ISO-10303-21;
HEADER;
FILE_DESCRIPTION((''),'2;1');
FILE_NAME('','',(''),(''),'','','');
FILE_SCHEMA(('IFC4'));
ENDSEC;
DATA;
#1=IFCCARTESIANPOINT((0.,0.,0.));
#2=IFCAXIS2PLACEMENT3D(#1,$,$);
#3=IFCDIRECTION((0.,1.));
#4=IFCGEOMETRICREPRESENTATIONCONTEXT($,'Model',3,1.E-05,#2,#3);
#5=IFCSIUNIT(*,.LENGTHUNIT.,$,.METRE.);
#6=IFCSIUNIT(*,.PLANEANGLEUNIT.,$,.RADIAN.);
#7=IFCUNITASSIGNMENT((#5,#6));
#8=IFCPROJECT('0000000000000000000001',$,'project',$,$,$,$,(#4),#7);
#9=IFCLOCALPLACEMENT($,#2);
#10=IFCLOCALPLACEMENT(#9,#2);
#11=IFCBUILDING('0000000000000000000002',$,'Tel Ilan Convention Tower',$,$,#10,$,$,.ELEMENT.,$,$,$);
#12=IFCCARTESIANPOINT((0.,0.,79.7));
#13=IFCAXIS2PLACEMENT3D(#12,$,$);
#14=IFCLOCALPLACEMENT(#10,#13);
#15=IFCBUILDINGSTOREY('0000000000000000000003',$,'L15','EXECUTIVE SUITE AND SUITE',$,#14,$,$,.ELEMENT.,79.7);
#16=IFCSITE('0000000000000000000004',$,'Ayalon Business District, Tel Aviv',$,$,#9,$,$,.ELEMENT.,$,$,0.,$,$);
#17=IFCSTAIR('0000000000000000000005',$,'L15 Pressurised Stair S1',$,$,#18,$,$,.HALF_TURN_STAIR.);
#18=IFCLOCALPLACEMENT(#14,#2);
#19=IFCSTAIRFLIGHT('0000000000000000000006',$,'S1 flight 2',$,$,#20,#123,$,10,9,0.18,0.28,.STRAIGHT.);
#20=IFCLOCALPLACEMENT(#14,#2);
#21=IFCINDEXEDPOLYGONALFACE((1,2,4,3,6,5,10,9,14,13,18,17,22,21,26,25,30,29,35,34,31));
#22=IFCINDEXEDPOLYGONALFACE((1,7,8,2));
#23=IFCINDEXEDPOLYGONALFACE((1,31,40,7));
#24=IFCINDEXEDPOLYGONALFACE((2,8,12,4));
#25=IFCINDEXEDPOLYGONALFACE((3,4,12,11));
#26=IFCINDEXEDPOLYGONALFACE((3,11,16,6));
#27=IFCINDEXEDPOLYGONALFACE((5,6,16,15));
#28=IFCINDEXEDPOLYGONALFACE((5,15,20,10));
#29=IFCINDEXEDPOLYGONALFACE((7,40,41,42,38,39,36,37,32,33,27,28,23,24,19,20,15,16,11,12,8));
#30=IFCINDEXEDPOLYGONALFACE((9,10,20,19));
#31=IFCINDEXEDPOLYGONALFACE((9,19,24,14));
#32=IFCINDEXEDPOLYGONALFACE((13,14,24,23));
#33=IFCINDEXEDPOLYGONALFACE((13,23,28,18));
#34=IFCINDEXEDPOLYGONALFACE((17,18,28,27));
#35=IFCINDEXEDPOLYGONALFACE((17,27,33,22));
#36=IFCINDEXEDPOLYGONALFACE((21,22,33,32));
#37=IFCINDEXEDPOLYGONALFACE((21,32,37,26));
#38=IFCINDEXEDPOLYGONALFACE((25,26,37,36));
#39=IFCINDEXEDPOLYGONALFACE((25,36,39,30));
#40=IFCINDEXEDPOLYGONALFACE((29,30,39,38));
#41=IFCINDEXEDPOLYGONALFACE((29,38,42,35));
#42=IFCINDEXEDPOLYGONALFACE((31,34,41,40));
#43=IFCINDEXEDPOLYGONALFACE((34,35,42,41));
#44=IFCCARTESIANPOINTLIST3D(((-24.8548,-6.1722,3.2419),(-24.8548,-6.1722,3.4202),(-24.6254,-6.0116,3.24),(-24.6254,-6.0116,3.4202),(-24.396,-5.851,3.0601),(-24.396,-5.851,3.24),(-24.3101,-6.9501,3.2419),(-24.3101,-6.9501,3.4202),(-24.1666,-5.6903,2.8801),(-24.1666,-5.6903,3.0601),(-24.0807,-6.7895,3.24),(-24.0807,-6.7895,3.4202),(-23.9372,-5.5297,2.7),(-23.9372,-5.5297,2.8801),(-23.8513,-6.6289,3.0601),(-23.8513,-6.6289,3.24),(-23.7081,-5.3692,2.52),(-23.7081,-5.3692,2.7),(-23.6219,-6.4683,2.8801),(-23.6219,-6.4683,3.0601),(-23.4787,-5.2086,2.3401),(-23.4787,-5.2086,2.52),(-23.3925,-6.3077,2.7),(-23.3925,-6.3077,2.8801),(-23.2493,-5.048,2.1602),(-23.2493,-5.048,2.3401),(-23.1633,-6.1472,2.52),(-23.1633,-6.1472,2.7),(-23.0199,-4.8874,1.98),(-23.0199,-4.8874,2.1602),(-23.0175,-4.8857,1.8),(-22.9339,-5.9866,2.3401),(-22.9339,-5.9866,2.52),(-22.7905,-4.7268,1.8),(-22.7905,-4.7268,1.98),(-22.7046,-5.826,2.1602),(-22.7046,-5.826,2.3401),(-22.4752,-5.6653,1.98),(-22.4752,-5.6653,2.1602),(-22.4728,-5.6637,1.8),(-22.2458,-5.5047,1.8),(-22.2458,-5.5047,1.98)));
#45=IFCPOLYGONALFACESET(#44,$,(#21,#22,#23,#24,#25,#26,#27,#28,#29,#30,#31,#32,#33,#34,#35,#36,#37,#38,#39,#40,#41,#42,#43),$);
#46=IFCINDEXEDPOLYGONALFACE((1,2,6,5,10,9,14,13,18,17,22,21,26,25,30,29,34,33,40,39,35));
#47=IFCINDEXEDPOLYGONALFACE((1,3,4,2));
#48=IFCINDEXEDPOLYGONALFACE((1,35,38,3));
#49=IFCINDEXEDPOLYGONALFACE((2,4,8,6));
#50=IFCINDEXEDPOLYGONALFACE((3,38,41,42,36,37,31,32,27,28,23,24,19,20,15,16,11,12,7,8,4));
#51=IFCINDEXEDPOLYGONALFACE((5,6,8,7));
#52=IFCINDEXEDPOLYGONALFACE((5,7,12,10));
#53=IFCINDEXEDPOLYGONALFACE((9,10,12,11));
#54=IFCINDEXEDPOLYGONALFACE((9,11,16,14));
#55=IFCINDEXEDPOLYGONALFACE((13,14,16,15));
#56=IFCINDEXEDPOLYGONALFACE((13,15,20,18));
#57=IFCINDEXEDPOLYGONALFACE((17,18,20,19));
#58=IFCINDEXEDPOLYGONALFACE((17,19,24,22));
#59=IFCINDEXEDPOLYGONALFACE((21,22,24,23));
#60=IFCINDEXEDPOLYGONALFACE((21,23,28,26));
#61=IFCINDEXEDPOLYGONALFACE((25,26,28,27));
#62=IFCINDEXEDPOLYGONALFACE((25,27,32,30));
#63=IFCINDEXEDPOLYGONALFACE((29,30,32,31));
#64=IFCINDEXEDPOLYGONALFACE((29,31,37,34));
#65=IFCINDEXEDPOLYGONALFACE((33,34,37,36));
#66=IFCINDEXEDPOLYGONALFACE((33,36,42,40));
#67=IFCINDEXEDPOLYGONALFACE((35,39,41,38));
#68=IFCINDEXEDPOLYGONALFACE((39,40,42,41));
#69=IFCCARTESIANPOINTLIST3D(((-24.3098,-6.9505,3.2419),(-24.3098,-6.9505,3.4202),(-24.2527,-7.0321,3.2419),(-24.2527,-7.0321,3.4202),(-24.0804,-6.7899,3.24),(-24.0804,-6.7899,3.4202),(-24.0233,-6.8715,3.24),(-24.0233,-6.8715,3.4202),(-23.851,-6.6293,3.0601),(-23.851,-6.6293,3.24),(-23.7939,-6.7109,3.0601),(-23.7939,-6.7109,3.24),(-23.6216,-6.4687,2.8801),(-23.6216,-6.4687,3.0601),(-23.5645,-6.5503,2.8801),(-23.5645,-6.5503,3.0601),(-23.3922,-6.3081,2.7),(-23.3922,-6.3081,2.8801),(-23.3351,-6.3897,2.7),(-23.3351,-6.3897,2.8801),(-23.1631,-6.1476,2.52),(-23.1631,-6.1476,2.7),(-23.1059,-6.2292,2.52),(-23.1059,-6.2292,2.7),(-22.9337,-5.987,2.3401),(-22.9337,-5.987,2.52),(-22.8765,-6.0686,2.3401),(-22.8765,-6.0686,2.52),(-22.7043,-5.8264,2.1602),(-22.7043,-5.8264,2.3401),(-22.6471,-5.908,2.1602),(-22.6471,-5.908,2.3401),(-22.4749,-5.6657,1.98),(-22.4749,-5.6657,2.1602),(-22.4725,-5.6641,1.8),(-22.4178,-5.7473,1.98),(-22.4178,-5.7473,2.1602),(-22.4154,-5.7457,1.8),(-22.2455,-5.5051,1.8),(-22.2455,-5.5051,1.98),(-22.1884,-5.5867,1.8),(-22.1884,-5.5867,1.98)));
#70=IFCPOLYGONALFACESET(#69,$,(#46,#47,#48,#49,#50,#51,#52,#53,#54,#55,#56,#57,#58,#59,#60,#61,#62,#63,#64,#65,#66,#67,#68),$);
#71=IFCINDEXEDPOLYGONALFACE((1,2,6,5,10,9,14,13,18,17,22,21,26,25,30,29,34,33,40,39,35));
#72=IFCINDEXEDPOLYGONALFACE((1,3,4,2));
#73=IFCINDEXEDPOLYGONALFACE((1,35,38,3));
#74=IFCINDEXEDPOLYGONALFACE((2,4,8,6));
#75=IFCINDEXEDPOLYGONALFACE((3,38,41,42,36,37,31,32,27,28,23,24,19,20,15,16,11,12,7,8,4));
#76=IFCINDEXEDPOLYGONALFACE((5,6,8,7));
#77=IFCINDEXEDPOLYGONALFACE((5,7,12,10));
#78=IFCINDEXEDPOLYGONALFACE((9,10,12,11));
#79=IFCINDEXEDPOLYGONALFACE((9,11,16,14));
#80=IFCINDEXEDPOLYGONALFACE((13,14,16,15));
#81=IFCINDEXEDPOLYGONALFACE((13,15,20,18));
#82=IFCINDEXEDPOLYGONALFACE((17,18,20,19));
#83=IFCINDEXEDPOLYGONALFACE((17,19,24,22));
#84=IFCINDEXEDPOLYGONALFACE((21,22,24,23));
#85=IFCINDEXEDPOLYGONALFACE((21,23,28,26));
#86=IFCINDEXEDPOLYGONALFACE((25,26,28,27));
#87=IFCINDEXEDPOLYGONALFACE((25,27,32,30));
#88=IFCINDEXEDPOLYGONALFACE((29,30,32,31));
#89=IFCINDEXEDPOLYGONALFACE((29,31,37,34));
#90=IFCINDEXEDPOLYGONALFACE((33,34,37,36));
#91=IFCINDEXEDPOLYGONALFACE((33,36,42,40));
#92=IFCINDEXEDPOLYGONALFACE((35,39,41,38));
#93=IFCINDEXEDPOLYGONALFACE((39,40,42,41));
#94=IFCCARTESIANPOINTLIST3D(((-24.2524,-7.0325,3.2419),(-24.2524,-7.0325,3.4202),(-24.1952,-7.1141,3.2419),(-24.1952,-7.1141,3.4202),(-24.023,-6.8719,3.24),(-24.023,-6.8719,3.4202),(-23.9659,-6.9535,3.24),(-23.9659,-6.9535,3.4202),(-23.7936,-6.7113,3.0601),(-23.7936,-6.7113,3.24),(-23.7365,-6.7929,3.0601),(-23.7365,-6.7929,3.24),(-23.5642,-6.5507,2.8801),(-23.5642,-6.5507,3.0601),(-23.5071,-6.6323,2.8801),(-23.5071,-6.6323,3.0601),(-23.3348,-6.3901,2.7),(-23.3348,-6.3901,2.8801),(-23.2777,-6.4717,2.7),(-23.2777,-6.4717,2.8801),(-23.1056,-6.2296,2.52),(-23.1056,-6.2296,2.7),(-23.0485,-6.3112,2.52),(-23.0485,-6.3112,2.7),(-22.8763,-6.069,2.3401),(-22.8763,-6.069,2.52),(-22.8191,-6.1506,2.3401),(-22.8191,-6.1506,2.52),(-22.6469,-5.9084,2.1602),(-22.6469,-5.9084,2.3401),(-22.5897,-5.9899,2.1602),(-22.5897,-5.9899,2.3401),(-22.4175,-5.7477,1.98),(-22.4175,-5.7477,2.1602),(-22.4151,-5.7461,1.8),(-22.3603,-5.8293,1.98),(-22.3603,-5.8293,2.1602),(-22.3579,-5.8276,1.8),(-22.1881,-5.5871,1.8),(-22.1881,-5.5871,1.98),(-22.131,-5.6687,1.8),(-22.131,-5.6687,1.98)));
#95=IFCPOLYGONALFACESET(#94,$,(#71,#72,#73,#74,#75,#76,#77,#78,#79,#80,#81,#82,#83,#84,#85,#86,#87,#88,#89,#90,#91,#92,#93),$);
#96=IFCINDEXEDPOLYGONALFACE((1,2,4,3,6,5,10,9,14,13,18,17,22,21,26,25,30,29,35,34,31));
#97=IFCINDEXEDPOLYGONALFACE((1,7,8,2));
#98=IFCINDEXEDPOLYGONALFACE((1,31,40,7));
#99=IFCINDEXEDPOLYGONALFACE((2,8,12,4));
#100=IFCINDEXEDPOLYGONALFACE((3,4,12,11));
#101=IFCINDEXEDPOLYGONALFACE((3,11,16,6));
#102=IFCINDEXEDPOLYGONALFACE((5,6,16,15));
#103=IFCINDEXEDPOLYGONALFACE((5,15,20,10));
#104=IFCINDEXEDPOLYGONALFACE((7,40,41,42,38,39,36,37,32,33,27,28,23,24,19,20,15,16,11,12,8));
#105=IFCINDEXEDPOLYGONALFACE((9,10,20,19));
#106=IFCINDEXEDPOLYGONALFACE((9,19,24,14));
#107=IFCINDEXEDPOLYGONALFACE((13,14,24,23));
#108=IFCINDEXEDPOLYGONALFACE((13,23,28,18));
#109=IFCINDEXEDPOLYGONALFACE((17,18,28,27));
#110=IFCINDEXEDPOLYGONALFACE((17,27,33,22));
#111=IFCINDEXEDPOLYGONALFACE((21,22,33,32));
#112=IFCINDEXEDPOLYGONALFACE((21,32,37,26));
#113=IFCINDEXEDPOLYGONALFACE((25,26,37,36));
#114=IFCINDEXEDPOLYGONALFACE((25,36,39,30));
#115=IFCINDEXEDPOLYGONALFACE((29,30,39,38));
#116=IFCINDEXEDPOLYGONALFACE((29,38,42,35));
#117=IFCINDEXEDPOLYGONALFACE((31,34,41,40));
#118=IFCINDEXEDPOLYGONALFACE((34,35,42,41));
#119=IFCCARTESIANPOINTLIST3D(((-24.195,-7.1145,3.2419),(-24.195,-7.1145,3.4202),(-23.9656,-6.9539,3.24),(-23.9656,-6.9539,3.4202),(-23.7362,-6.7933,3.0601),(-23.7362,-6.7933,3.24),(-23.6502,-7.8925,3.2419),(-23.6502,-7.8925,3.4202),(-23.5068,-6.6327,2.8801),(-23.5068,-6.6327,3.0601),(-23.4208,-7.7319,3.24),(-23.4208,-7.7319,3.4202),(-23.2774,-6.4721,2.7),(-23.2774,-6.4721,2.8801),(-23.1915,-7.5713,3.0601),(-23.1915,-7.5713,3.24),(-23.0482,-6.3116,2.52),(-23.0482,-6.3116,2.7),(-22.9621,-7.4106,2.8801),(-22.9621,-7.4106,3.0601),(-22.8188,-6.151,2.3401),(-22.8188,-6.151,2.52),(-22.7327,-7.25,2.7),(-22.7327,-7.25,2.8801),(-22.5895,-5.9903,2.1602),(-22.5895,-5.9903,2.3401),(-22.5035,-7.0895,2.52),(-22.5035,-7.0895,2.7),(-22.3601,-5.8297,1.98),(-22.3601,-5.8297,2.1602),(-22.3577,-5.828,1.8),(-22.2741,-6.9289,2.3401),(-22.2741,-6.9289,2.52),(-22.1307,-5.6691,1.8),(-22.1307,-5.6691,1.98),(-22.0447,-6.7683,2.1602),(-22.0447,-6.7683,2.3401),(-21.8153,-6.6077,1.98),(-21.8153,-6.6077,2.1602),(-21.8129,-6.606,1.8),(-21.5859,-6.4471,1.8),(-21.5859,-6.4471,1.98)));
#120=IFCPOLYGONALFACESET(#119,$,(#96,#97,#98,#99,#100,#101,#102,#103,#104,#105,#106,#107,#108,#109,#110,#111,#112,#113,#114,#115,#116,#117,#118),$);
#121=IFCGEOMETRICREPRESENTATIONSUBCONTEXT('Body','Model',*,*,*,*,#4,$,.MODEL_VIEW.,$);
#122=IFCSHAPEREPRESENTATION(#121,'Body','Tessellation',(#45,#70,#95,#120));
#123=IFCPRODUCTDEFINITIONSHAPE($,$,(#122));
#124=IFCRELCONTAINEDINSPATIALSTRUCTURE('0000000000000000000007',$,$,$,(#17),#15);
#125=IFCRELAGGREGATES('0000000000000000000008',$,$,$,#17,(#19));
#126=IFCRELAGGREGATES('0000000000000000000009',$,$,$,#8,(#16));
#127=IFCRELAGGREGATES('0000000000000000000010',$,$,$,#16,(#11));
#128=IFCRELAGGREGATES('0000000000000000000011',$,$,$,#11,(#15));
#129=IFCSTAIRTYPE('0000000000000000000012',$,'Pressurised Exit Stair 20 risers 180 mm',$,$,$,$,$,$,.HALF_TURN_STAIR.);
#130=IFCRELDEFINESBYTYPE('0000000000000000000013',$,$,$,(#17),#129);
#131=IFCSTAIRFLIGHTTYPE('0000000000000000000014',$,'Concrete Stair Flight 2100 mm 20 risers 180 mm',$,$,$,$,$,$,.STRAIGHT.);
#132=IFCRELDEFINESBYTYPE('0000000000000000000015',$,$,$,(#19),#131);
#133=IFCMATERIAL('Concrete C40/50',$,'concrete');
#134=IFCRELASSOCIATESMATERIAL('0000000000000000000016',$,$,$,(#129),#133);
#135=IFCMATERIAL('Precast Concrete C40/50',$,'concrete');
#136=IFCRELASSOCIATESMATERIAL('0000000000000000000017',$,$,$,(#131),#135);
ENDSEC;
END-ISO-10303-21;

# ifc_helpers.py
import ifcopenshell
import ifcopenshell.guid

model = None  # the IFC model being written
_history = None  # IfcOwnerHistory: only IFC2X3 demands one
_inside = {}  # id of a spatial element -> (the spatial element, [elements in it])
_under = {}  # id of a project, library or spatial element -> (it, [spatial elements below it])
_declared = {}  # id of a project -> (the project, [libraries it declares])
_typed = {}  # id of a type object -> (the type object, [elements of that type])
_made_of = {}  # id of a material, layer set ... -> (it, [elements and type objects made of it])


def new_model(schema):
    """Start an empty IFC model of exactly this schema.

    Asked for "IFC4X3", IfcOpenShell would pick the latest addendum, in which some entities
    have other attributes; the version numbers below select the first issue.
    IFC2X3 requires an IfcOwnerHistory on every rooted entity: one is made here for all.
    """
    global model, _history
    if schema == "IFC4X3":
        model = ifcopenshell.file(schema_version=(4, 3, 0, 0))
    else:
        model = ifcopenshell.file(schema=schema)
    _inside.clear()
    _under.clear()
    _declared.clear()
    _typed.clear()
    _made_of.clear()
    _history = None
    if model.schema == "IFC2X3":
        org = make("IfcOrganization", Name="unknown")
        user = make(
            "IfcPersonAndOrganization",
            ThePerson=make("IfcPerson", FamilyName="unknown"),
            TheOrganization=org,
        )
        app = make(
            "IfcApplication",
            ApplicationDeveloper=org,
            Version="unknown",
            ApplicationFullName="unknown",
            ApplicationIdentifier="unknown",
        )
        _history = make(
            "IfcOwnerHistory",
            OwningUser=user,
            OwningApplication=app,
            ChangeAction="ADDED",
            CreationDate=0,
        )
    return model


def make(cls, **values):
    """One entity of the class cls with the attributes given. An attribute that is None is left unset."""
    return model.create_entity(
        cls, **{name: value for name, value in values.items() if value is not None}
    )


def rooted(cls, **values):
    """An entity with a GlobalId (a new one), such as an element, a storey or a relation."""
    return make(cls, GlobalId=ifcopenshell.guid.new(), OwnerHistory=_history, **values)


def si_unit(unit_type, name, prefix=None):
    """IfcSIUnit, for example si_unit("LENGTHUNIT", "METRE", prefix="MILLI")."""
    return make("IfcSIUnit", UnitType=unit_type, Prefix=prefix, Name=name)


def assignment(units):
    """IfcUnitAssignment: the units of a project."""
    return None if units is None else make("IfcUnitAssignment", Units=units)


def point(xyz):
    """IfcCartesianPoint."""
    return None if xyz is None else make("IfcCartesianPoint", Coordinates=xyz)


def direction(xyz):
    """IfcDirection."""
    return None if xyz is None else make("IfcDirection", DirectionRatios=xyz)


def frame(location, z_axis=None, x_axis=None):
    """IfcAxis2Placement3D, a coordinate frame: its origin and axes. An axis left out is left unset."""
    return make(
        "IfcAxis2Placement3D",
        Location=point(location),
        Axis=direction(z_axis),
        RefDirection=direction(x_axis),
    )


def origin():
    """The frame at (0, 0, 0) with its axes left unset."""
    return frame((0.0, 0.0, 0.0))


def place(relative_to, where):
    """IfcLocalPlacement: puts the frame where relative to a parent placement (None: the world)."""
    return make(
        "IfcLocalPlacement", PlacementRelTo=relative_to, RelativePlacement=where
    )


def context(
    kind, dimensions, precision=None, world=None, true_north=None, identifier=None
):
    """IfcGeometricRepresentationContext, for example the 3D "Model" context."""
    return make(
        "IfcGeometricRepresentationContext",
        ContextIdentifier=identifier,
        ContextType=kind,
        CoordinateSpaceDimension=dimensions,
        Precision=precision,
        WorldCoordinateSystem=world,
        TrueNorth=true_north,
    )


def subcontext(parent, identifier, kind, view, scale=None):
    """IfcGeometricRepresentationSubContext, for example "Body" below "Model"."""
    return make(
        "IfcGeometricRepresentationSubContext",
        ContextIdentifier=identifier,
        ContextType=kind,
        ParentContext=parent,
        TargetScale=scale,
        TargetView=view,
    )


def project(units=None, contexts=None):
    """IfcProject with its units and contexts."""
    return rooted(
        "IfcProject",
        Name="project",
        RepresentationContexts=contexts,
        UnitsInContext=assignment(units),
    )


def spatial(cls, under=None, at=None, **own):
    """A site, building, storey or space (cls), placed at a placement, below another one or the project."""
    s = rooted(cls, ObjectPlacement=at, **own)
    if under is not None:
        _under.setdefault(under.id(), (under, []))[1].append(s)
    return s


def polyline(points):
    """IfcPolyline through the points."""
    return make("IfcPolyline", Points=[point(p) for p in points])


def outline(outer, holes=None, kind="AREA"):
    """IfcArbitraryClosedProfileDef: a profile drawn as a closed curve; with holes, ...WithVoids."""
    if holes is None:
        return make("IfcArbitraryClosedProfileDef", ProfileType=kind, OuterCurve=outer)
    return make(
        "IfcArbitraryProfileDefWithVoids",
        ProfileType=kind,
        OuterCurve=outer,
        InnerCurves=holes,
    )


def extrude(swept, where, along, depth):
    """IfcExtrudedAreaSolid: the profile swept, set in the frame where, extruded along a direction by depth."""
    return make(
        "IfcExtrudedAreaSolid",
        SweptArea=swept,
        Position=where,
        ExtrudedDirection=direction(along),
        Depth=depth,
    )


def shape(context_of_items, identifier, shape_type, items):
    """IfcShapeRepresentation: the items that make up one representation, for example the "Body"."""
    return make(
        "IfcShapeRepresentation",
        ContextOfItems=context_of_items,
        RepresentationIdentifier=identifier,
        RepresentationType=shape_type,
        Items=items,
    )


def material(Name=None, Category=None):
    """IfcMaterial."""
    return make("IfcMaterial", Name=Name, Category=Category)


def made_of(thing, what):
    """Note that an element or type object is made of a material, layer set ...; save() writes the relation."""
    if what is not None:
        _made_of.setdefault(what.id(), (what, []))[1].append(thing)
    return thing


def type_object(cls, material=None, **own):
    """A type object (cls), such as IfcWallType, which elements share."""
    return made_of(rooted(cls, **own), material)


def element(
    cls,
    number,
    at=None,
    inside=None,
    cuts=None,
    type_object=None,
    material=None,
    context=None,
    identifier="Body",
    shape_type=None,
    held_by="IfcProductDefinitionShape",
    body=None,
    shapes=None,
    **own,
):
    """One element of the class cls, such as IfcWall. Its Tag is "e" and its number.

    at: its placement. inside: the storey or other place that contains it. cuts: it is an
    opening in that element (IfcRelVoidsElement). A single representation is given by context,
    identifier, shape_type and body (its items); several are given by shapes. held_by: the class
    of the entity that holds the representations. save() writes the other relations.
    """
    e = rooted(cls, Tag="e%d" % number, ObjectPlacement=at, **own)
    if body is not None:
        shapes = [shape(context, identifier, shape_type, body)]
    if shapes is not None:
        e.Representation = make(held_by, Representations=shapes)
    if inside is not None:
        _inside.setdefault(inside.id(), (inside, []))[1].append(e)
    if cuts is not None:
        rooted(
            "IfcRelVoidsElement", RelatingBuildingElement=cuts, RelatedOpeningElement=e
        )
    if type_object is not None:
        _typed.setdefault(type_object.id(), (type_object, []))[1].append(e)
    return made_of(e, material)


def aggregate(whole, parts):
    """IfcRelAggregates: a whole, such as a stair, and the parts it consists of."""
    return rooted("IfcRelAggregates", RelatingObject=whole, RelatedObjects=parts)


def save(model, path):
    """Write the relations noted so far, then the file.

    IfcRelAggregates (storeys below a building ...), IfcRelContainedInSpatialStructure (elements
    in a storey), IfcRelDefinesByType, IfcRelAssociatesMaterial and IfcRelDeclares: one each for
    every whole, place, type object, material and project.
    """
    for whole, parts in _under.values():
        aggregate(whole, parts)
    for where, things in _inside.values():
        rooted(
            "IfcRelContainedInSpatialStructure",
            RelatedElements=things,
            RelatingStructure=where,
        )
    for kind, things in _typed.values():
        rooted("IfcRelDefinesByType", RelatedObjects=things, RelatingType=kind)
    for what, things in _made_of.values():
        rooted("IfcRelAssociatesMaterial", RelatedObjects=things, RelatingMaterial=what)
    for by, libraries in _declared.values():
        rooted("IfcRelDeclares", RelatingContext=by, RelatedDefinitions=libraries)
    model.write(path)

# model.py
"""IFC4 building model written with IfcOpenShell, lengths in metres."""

from ifc_helpers import new_model, si_unit, direction, frame, origin, place, context, subcontext, project, spatial, polyline, outline, extrude, material, type_object, element, aggregate, save


model = new_model("IFC4")

# Units and contexts
model_context = context("Model", 3, precision=1e-05, world=origin(), true_north=direction((0.0, 1.0)))
body_context = subcontext(model_context, "Body", "Model", "MODEL_VIEW")
ifc_project = project(units=[si_unit("LENGTHUNIT", "METRE"), si_unit("PLANEANGLEUNIT", "RADIAN")], contexts=[model_context])

# Site, building, storey
site_placement = place(None, origin())
site = spatial("IfcSite", under=ifc_project, at=site_placement, Name="Ayalon Business District, Tel Aviv", CompositionType="ELEMENT", RefElevation=0.0)
building_placement = place(site_placement, origin())
building = spatial("IfcBuilding", under=site, at=building_placement, Name="Tel Ilan Convention Tower", CompositionType="ELEMENT")
storey_placement = place(building_placement, frame((0.0, 0.0, 79.7)))
storey = spatial("IfcBuildingStorey", under=building, at=storey_placement, Name="L15", Description="EXECUTIVE SUITE AND SUITE", CompositionType="ELEMENT", Elevation=79.7)

# Stair, stair flight
ifc_material_1 = material(Name="Concrete C40/50", Category="concrete")
stair_type = type_object("IfcStairType", Name="Pressurised Exit Stair 20 risers 180 mm", PredefinedType="HALF_TURN_STAIR", material=ifc_material_1)
stair_1_placement = place(storey_placement, origin())
stair_1 = element("IfcStair", 1, at=stair_1_placement, inside=storey, type_object=stair_type, Name="L15 Pressurised Stair S1", PredefinedType="HALF_TURN_STAIR")
ifc_material_2 = material(Name="Precast Concrete C40/50", Category="concrete")
stair_flight_type = type_object("IfcStairFlightType", Name="Concrete Stair Flight 2100 mm 20 risers 180 mm", PredefinedType="STRAIGHT", material=ifc_material_2)
stair_flight_1_placement = place(storey_placement, frame((-22.1882, -5.5869, 1.8), z_axis=(0.0, 0.0, 1.0), x_axis=(-0.819152, -0.573576, 0.0)))
stair_flight_1 = element("IfcStairFlight", 2, at=stair_flight_1_placement, type_object=stair_flight_type, Name="S1 flight 2", NumberOfRisers=10, NumberOfTreads=9, PredefinedType="STRAIGHT", RiserHeight=0.18, TreadLength=0.28, context=body_context, shape_type="SweptSolid", body=[
    extrude(outline(polyline([(0.0, 0.0), (0.0, 0.1799), (0.28, 0.1799), (0.28, 0.3601), (0.5601, 0.3601), (0.5601, 0.54), (0.8401, 0.54), (0.8401, 0.72), (1.1201, 0.72), (1.1201, 0.8999), (1.3999, 0.8999), (1.3999, 1.0801), (1.6799, 1.0801), (1.6799, 1.26), (1.96, 1.26), (1.96, 1.4399), (2.24, 1.4399), (2.24, 1.6201), (2.52, 1.6201), (2.52, 1.8), (2.52, 1.4419), (0.2771, 0.0), (0.0, 0.0)])), frame((0.0, -0.1003, 0.0), z_axis=(0.0, -1.0, 0.0), x_axis=(1.0, 0.0, 0.0)), (0.0, 0.0, 1.0), 0.9497),
    extrude(outline(polyline([(0.0, 0.0), (0.0, 0.1799), (0.28, 0.1799), (0.28, 0.3601), (0.5601, 0.3601), (0.5601, 0.54), (0.8401, 0.54), (0.8401, 0.72), (1.1201, 0.72), (1.1201, 0.8999), (1.3999, 0.8999), (1.3999, 1.0801), (1.6799, 1.0801), (1.6799, 1.26), (1.96, 1.26), (1.96, 1.4399), (2.24, 1.4399), (2.24, 1.6201), (2.52, 1.6201), (2.52, 1.8), (2.52, 1.4419), (0.2771, 0.0), (0.0, 0.0)])), frame((0.0, -0.0002, 0.0), z_axis=(0.0, -1.0, 0.0), x_axis=(1.0, 0.0, 0.0)), (0.0, 0.0, 1.0), 0.0996),
    extrude(outline(polyline([(0.0, 0.0), (0.0, 0.1799), (0.28, 0.1799), (0.28, 0.3601), (0.5601, 0.3601), (0.5601, 0.54), (0.8401, 0.54), (0.8401, 0.72), (1.1201, 0.72), (1.1201, 0.8999), (1.3999, 0.8999), (1.3999, 1.0801), (1.6799, 1.0801), (1.6799, 1.26), (1.96, 1.26), (1.96, 1.4399), (2.24, 1.4399), (2.24, 1.6201), (2.52, 1.6201), (2.52, 1.8), (2.52, 1.4419), (0.2771, 0.0), (0.0, 0.0)])), frame((0.0, 0.0999, 0.0), z_axis=(0.0, -1.0, 0.0), x_axis=(1.0, 0.0, 0.0)), (0.0, 0.0, 1.0), 0.0996),
    extrude(outline(polyline([(0.0, 0.0), (0.0, 0.1799), (0.28, 0.1799), (0.28, 0.3601), (0.5601, 0.3601), (0.5601, 0.54), (0.8401, 0.54), (0.8401, 0.72), (1.1201, 0.72), (1.1201, 0.8999), (1.3999, 0.8999), (1.3999, 1.0801), (1.6799, 1.0801), (1.6799, 1.26), (1.96, 1.26), (1.96, 1.4399), (2.24, 1.4399), (2.24, 1.6201), (2.52, 1.6201), (2.52, 1.8), (2.52, 1.4419), (0.2771, 0.0), (0.0, 0.0)])), frame((0.0, 1.05, 0.0), z_axis=(0.0, -1.0, 0.0), x_axis=(1.0, 0.0, 0.0)), (0.0, 0.0, 1.0), 0.9497),
])
aggregate(stair_1, [stair_flight_1])

save(model, "model.ifc")
